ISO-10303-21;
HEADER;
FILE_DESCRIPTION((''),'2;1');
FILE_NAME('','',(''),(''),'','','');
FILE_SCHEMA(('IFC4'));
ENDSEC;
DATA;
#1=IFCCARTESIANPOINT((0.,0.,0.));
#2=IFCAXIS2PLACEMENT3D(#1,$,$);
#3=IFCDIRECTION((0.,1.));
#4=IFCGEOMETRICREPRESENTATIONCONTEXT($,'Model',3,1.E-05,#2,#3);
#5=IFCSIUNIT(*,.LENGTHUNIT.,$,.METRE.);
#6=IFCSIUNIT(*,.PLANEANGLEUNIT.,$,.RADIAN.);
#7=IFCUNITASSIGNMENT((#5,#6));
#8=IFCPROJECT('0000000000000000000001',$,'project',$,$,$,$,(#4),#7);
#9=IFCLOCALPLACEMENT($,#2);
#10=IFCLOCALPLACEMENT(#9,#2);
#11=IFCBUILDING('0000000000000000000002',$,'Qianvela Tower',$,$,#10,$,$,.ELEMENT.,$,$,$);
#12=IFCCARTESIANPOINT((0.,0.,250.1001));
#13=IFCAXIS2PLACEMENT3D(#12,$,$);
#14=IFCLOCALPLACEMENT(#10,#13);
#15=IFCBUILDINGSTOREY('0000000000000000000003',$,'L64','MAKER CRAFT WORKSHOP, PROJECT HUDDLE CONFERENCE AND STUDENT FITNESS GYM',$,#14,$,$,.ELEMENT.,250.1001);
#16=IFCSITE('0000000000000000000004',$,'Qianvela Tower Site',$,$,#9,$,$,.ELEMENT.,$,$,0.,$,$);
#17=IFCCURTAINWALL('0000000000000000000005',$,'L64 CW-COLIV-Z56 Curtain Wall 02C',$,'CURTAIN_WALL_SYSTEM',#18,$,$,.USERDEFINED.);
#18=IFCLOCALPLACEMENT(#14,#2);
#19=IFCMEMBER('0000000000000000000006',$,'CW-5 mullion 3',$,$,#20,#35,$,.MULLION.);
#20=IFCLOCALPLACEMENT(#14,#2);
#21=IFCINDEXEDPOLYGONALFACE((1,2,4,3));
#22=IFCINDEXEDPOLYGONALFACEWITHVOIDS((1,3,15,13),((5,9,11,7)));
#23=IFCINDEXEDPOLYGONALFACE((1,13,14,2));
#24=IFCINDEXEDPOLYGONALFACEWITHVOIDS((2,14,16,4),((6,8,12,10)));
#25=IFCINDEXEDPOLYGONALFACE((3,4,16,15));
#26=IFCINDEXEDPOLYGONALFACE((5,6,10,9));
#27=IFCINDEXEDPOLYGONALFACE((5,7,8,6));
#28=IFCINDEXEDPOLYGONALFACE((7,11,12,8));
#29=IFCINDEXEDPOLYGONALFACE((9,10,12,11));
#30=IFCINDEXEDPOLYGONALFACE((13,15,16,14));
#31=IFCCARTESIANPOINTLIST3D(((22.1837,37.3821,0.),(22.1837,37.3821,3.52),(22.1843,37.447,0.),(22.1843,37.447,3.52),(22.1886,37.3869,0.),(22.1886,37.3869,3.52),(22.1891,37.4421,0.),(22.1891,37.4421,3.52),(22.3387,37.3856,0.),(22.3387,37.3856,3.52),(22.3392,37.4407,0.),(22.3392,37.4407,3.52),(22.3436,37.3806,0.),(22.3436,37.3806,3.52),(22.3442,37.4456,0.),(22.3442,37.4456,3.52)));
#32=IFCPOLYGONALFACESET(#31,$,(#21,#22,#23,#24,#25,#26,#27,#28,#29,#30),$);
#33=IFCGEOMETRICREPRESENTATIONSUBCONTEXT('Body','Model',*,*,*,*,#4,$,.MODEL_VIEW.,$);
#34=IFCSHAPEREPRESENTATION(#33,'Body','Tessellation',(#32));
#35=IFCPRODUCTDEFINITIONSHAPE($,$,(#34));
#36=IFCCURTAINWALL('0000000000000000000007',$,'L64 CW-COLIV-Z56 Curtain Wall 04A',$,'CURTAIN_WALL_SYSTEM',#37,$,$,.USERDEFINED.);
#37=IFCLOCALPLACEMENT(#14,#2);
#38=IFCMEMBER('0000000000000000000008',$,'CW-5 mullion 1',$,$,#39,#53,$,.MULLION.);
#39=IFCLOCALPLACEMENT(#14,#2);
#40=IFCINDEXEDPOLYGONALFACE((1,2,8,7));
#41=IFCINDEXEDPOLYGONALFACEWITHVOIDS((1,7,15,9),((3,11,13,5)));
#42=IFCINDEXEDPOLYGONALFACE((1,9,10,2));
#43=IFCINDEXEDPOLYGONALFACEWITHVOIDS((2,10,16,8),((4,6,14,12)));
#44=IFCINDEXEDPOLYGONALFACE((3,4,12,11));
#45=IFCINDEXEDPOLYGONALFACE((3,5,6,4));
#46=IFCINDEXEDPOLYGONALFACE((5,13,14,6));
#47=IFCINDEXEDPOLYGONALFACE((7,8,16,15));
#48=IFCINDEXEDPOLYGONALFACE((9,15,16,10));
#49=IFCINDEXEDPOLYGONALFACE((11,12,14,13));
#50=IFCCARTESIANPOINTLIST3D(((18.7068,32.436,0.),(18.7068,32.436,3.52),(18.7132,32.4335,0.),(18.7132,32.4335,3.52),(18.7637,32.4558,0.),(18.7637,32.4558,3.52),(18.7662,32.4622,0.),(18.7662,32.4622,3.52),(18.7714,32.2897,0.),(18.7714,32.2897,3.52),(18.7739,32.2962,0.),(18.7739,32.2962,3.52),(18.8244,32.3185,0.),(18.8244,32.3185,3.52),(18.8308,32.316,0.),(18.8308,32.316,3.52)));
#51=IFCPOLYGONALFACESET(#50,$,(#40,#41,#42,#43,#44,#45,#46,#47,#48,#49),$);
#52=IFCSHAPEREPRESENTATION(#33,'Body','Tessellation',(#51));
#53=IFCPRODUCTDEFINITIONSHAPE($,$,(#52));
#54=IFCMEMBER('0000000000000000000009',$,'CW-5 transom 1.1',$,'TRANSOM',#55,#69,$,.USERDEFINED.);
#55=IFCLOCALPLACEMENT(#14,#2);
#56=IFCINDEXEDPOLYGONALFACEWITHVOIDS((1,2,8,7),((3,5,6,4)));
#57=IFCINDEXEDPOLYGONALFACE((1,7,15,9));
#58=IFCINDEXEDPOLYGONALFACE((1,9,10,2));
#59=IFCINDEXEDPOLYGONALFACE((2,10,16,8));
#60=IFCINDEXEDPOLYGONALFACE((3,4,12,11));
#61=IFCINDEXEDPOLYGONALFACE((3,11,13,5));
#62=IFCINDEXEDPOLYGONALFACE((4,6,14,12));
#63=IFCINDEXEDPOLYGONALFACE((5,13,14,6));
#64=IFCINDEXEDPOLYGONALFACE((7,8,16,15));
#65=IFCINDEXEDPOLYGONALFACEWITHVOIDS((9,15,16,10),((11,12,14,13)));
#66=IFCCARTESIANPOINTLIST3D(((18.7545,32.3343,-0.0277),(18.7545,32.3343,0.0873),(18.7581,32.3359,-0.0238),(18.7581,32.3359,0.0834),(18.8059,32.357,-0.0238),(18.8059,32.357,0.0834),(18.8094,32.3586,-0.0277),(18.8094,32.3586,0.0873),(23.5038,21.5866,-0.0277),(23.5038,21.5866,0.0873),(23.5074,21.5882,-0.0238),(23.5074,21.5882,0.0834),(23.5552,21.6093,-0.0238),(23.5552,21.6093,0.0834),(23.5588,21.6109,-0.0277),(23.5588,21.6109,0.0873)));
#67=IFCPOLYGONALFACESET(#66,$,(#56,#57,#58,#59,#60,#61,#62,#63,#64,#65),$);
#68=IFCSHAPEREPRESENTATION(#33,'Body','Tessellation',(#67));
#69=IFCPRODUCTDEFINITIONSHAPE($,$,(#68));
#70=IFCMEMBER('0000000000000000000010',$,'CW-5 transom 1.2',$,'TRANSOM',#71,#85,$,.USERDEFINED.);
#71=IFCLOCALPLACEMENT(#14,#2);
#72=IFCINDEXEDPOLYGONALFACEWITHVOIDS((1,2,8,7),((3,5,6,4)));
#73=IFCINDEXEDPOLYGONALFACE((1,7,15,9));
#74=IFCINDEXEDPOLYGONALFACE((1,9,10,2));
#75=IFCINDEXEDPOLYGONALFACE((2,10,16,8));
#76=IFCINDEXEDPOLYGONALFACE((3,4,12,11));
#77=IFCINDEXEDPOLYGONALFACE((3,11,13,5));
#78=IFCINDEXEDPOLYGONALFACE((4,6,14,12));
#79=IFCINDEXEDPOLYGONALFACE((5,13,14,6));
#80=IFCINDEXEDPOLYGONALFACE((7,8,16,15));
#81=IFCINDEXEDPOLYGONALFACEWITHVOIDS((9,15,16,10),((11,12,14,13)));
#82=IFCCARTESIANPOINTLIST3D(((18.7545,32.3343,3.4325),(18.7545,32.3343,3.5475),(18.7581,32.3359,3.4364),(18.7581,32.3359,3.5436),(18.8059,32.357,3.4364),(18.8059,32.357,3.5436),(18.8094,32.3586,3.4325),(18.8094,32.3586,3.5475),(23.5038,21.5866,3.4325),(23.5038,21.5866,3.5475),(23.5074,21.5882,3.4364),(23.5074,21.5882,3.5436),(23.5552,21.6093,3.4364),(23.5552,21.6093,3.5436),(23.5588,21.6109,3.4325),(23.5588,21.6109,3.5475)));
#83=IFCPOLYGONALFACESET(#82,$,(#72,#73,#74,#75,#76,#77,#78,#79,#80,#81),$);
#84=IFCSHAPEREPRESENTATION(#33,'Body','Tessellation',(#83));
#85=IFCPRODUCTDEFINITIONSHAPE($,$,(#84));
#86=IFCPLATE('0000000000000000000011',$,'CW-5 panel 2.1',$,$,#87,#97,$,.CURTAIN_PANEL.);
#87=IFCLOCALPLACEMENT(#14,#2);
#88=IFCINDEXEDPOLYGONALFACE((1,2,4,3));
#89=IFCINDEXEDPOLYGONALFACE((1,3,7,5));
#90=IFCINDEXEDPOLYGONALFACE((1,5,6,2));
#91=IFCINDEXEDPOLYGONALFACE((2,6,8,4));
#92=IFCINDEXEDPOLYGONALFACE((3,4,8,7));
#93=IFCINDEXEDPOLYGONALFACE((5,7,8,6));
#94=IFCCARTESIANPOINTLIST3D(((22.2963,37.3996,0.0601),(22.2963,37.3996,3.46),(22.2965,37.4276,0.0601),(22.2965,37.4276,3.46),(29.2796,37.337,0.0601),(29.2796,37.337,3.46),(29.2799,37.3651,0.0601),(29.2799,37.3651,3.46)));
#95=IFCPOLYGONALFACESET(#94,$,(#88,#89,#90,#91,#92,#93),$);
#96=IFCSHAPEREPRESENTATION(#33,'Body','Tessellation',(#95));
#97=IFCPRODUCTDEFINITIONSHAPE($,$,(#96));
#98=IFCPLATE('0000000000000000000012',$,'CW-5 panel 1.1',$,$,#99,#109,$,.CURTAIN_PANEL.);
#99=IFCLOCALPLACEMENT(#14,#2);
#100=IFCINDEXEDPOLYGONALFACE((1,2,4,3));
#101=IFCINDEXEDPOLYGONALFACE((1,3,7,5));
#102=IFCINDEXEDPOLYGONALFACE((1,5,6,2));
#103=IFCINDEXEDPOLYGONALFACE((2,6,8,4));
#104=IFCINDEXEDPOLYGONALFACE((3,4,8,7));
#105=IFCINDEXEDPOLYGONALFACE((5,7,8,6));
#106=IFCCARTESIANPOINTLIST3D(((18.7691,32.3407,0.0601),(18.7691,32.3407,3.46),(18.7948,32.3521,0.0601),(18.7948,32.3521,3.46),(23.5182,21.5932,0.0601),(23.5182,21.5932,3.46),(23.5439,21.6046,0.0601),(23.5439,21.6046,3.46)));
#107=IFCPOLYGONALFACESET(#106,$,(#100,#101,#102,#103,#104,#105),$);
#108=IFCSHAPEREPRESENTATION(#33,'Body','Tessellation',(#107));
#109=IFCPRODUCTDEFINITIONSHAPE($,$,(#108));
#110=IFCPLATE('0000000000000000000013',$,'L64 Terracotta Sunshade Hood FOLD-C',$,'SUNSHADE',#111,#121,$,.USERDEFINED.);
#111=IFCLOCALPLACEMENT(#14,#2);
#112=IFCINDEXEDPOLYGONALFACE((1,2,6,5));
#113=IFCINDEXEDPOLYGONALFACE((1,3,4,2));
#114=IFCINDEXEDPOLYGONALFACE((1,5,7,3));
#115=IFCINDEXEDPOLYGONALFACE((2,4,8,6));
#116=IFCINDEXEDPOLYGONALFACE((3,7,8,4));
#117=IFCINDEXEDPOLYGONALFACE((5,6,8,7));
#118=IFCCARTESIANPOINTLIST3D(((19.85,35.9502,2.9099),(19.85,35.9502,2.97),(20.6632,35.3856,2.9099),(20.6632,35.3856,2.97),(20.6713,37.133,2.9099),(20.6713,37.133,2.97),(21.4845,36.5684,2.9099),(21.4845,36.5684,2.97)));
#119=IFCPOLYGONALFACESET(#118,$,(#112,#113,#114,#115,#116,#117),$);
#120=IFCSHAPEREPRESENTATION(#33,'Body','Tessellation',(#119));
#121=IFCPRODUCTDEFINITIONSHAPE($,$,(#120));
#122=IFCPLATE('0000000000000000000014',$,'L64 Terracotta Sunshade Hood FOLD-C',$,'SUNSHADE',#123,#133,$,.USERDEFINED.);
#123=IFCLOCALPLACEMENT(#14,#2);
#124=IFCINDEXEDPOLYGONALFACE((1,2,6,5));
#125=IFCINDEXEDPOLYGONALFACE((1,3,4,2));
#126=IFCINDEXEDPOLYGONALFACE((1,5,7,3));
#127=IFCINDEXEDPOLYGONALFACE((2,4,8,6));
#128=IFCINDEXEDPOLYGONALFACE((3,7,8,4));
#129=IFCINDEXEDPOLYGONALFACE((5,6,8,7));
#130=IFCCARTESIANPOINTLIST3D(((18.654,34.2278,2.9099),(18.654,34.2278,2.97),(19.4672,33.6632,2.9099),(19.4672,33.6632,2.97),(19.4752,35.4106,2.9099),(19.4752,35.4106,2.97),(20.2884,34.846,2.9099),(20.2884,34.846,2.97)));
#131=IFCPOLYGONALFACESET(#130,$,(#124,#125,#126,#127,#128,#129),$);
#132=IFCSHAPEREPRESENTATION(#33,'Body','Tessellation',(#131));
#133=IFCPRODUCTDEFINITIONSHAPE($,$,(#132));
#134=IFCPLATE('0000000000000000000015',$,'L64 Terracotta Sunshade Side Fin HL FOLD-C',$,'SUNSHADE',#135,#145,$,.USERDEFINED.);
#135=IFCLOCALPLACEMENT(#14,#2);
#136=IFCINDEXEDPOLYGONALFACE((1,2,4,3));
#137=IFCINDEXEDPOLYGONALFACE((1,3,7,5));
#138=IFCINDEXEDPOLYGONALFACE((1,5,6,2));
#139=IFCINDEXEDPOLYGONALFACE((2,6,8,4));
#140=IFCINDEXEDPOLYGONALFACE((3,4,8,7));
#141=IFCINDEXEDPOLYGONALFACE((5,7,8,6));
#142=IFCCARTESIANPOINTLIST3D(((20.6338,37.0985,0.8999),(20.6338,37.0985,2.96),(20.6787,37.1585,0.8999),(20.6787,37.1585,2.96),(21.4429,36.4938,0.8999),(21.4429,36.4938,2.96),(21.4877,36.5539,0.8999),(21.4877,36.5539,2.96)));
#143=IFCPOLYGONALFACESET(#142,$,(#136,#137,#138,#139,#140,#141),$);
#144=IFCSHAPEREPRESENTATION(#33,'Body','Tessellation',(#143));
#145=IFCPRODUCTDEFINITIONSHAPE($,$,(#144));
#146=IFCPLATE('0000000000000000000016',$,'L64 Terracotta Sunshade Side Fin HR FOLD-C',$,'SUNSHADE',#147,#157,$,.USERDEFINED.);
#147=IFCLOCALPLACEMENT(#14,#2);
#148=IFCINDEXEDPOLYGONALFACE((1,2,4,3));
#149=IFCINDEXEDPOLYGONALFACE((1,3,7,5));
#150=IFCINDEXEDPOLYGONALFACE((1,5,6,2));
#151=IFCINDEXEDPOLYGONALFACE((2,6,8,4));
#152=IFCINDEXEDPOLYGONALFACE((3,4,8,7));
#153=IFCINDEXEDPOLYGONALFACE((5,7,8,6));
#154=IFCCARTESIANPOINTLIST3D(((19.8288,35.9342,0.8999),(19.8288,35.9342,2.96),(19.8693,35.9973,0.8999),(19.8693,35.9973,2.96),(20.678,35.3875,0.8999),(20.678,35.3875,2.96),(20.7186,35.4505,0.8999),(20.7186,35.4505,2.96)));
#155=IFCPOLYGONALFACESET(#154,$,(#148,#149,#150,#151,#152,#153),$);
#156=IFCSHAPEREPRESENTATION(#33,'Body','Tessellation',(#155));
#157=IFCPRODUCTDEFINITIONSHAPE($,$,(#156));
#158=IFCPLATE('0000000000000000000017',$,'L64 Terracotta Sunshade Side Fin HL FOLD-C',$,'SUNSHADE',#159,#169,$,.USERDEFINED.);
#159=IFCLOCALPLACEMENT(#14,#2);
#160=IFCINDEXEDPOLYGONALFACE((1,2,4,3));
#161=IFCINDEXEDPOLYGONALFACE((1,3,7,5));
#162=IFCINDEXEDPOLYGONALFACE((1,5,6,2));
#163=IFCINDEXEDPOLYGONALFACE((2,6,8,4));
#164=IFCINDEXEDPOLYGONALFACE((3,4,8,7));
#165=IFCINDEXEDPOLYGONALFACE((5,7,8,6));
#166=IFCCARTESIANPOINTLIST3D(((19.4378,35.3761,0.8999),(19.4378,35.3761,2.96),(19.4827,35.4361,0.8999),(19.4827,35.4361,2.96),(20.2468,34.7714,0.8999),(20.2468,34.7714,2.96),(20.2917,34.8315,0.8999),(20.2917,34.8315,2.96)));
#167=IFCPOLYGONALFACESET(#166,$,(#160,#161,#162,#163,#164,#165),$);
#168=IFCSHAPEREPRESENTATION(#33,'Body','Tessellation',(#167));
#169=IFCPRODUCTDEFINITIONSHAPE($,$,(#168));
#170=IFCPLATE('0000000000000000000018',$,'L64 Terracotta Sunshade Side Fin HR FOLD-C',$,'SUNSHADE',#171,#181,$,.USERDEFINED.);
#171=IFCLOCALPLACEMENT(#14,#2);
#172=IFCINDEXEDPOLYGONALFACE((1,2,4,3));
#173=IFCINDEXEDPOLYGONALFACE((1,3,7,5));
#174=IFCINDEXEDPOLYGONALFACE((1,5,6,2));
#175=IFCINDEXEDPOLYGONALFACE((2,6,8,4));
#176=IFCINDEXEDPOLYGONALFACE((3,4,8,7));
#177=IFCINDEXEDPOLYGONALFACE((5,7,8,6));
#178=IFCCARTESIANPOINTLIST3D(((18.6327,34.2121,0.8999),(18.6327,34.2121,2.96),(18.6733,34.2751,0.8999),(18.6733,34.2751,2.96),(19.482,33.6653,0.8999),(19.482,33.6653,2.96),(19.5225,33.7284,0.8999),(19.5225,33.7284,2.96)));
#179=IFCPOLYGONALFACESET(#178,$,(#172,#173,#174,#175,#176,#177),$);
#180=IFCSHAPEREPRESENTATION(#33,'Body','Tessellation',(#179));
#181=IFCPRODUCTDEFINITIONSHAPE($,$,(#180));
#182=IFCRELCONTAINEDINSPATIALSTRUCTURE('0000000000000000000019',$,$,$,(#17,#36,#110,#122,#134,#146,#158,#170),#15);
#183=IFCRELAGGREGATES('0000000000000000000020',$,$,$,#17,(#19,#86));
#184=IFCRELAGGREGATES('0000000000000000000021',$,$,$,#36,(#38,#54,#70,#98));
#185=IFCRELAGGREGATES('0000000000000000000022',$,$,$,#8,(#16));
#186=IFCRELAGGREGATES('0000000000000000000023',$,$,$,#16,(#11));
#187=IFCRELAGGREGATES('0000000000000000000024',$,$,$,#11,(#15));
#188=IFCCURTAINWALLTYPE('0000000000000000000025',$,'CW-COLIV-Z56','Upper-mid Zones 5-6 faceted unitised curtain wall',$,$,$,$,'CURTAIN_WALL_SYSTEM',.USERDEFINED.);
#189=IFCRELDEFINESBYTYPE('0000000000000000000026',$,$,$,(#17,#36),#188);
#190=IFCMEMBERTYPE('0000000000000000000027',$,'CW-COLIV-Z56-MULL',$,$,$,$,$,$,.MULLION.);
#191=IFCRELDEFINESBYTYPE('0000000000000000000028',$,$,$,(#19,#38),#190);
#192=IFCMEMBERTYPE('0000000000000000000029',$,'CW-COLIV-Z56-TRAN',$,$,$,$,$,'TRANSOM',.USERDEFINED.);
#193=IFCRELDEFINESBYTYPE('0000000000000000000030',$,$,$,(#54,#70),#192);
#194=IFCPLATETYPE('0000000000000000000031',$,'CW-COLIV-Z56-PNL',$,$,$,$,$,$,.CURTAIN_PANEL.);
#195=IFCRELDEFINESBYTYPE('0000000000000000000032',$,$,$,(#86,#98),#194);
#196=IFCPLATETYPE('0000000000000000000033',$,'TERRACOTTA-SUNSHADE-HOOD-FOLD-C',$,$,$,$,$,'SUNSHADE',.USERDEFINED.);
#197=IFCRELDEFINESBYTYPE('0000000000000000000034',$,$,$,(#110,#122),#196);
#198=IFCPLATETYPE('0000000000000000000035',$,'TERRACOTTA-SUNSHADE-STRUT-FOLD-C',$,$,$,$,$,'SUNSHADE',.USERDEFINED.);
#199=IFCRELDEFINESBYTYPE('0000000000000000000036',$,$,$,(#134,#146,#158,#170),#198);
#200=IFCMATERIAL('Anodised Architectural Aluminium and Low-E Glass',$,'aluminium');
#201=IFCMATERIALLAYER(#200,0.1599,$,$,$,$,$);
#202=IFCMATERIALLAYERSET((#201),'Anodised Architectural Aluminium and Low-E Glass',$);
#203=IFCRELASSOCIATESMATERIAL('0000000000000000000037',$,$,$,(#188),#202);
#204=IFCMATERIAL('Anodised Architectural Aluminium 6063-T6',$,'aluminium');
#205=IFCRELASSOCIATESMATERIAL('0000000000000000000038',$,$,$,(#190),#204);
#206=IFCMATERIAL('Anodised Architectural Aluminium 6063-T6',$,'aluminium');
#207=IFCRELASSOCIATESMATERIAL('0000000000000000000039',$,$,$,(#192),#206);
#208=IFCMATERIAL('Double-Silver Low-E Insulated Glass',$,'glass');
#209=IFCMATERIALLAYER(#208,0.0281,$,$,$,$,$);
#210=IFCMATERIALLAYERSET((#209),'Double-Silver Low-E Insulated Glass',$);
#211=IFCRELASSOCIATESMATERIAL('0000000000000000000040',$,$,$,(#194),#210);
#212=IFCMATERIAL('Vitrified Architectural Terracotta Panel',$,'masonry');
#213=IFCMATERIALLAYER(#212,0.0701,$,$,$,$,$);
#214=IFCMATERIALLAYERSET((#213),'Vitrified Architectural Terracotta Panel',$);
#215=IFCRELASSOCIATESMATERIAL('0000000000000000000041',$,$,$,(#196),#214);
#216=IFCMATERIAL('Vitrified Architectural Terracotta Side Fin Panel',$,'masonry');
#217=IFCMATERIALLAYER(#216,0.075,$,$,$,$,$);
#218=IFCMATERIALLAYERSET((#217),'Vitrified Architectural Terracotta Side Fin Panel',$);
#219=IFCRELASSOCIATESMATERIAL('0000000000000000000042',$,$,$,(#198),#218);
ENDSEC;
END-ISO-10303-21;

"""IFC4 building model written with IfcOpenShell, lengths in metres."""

from ifc_helpers import new_model, si_unit, direction, frame, origin, origin_2d, place, context, subcontext, project, spatial, rectangle, hollow_rectangle, extrude, material, layer, layer_set, material_profile, profile_set, type_object, element, aggregate, save


model = new_model("IFC4")

# Units and contexts
model_context = context("Model", 3, precision=1e-05, world=origin(), true_north=direction((0.0, 1.0)))
body_context = subcontext(model_context, "Body", "Model", "MODEL_VIEW")
ifc_project = project(units=[si_unit("LENGTHUNIT", "METRE"), si_unit("PLANEANGLEUNIT", "RADIAN")], contexts=[model_context])

# Site, building, storey
site_placement = place(None, origin())
site = spatial("IfcSite", under=ifc_project, at=site_placement, Name="Qianvela Tower Site", CompositionType="ELEMENT", RefElevation=0.0)
building_placement = place(site_placement, origin())
building = spatial("IfcBuilding", under=site, at=building_placement, Name="Qianvela Tower", CompositionType="ELEMENT")
storey_placement = place(building_placement, frame((0.0, 0.0, 250.1001)))
storey = spatial("IfcBuildingStorey", under=building, at=storey_placement, Name="L64", Description="MAKER CRAFT WORKSHOP, PROJECT HUDDLE CONFERENCE AND STUDENT FITNESS GYM", CompositionType="ELEMENT", Elevation=250.1001)

# Curtain wall, member
ifc_material_1 = material(Name="Anodised Architectural Aluminium and Low-E Glass", Category="aluminium")
ifc_layer_1 = layer(ifc_material_1, 0.1599)
ifc_layer_set_1 = layer_set([ifc_layer_1], Name="Anodised Architectural Aluminium and Low-E Glass")
curtain_wall_type = type_object("IfcCurtainWallType", Name="CW-COLIV-Z56", Description="Upper-mid Zones 5-6 faceted unitised curtain wall", ElementType="CURTAIN_WALL_SYSTEM", PredefinedType="USERDEFINED", material=ifc_layer_set_1)
curtain_wall_1_placement = place(storey_placement, origin())
curtain_wall_1 = element("IfcCurtainWall", 1, at=curtain_wall_1_placement, inside=storey, type_object=curtain_wall_type, Name="L64 CW-COLIV-Z56 Curtain Wall 02C", ObjectType="CURTAIN_WALL_SYSTEM", PredefinedType="USERDEFINED")
ifc_material_2 = material(Name="Anodised Architectural Aluminium 6063-T6", Category="aluminium")
ifc_material_profile_1 = material_profile(ifc_material_2, hollow_rectangle(XDim=0.0649, YDim=0.1599, WallThickness=0.0049, at=origin_2d()), Name="ALU-MULL-65x160")
ifc_profile_set_1 = profile_set([ifc_material_profile_1], Name="Anodised Architectural Aluminium 6063-T6")
member_type_1 = type_object("IfcMemberType", Name="CW-COLIV-Z56-MULL", PredefinedType="MULLION", material=ifc_profile_set_1)
member_1_placement = place(storey_placement, frame((22.2639, 37.4138, 0.0), z_axis=(0.0, 0.0, 1.0), x_axis=(-0.00896, -0.99996, 0.0)))
member_1 = element("IfcMember", 2, at=member_1_placement, type_object=member_type_1, Name="CW-5 mullion 3", PredefinedType="MULLION", context=body_context, shape_type="SweptSolid", body=[
    extrude(hollow_rectangle(XDim=0.0649, YDim=0.1599, WallThickness=0.0049, at=origin_2d()), origin(), (0.0, 0.0, 1.0), 3.52),
])

# Curtain wall, members
curtain_wall_2_placement = place(storey_placement, origin())
curtain_wall_2 = element("IfcCurtainWall", 3, at=curtain_wall_2_placement, inside=storey, type_object=curtain_wall_type, Name="L64 CW-COLIV-Z56 Curtain Wall 04A", ObjectType="CURTAIN_WALL_SYSTEM", PredefinedType="USERDEFINED")
member_2_placement = place(storey_placement, frame((18.7688, 32.376, 0.0), z_axis=(0.0, 0.0, 1.0), x_axis=(0.914678, 0.404183, 0.0)))
member_2 = element("IfcMember", 4, at=member_2_placement, type_object=member_type_1, Name="CW-5 mullion 1", PredefinedType="MULLION", context=body_context, shape_type="SweptSolid", body=[
    extrude(hollow_rectangle(XDim=0.0649, YDim=0.1599, WallThickness=0.0049, at=origin_2d()), origin(), (0.0, 0.0, 1.0), 3.52),
])
ifc_material_3 = material(Name="Anodised Architectural Aluminium 6063-T6", Category="aluminium")
ifc_material_profile_2 = material_profile(ifc_material_3, hollow_rectangle(XDim=0.0601, YDim=0.115, WallThickness=0.0039, at=origin_2d()), Name="ALU-TRAN-60x115")
ifc_profile_set_2 = profile_set([ifc_material_profile_2], Name="Anodised Architectural Aluminium 6063-T6")
member_type_2 = type_object("IfcMemberType", Name="CW-COLIV-Z56-TRAN", ElementType="TRANSOM", PredefinedType="USERDEFINED", material=ifc_profile_set_2)
member_3_placement = place(storey_placement, frame((18.782, 32.3464, 0.0298), z_axis=(0.404189, -0.914676, 0.0), x_axis=(0.914676, 0.404189, 0.0)))
member_3 = element("IfcMember", 5, at=member_3_placement, type_object=member_type_2, Name="CW-5 transom 1.1", ObjectType="TRANSOM", PredefinedType="USERDEFINED", context=body_context, shape_type="SweptSolid", body=[
    extrude(hollow_rectangle(XDim=0.0601, YDim=0.115, WallThickness=0.0039, at=origin_2d()), origin(), (0.0, 0.0, 1.0), 11.7502),
])
member_4_placement = place(storey_placement, frame((18.782, 32.3464, 3.49), z_axis=(0.404189, -0.914676, 0.0), x_axis=(0.914676, 0.404189, 0.0)))
member_4 = element("IfcMember", 6, at=member_4_placement, type_object=member_type_2, Name="CW-5 transom 1.2", ObjectType="TRANSOM", PredefinedType="USERDEFINED", context=body_context, shape_type="SweptSolid", body=[
    extrude(hollow_rectangle(XDim=0.0601, YDim=0.115, WallThickness=0.0039, at=origin_2d()), origin(), (0.0, 0.0, 1.0), 11.7502),
])

# Plates
ifc_material_4 = material(Name="Double-Silver Low-E Insulated Glass", Category="glass")
ifc_layer_2 = layer(ifc_material_4, 0.0281)
ifc_layer_set_2 = layer_set([ifc_layer_2], Name="Double-Silver Low-E Insulated Glass")
plate_type_1 = type_object("IfcPlateType", Name="CW-COLIV-Z56-PNL", PredefinedType="CURTAIN_PANEL", material=ifc_layer_set_2)
plate_1_placement = place(storey_placement, frame((25.7881, 37.3823, 0.0601), z_axis=(0.0, 0.0, 1.0), x_axis=(-0.99996, 0.00896, 0.0)))
plate_1 = element("IfcPlate", 7, at=plate_1_placement, type_object=plate_type_1, Name="CW-5 panel 2.1", PredefinedType="CURTAIN_PANEL", context=body_context, shape_type="SweptSolid", body=[
    extrude(rectangle(XDim=6.9836, YDim=0.0281, at=origin_2d()), origin(), (0.0, 0.0, 1.0), 3.3999),
])
aggregate(curtain_wall_1, [member_1, plate_1])
plate_2_placement = place(storey_placement, frame((21.1565, 26.9727, 0.0601), z_axis=(0.0, 0.0, 1.0), x_axis=(0.404183, -0.914678, 0.0)))
plate_2 = element("IfcPlate", 8, at=plate_2_placement, type_object=plate_type_1, Name="CW-5 panel 1.1", PredefinedType="CURTAIN_PANEL", context=body_context, shape_type="SweptSolid", body=[
    extrude(rectangle(XDim=11.75, YDim=0.0281, at=origin_2d()), origin(), (0.0, 0.0, 1.0), 3.3999),
])
aggregate(curtain_wall_2, [member_2, member_3, member_4, plate_2])

# Plates
ifc_material_5 = material(Name="Vitrified Architectural Terracotta Panel", Category="masonry")
ifc_layer_3 = layer(ifc_material_5, 0.0701)
ifc_layer_set_3 = layer_set([ifc_layer_3], Name="Vitrified Architectural Terracotta Panel")
plate_type_2 = type_object("IfcPlateType", Name="TERRACOTTA-SUNSHADE-HOOD-FOLD-C", ElementType="SUNSHADE", PredefinedType="USERDEFINED", material=ifc_layer_set_3)
for number, where, z_axis, x_axis, name in (
    (9, (20.6672, 36.2593, 2.9099), (0.0, 0.0, 1.0), (-0.570329, -0.821416, 0.0), "L64 Terracotta Sunshade Hood FOLD-C"),
    (10, (19.4712, 34.5369, 2.9099), (0.0, 0.0, 1.0), (-0.570329, -0.821416, 0.0), "L64 Terracotta Sunshade Hood FOLD-C"),
):
    element("IfcPlate", number, at=place(storey_placement, frame(where, z_axis=z_axis, x_axis=x_axis)), inside=storey, type_object=plate_type_2, Name=name, ObjectType="SUNSHADE", PredefinedType="USERDEFINED", context=body_context, shape_type="SweptSolid", body=[
        extrude(rectangle(XDim=1.4399, YDim=0.99, at=origin_2d()), origin(), (0.0, 0.0, 1.0), 0.0601),
    ])
ifc_material_6 = material(Name="Vitrified Architectural Terracotta Side Fin Panel", Category="masonry")
ifc_layer_4 = layer(ifc_material_6, 0.075)
ifc_layer_set_4 = layer_set([ifc_layer_4], Name="Vitrified Architectural Terracotta Side Fin Panel")
plate_type_3 = type_object("IfcPlateType", Name="TERRACOTTA-SUNSHADE-STRUT-FOLD-C", ElementType="SUNSHADE", PredefinedType="USERDEFINED", material=ifc_layer_set_4)
for number, where, z_axis, x_axis, name in (
    (11, (21.0608, 36.8262, 0.8999), (0.0, 0.0, 1.0), (-0.598649, -0.801011, 0.0), "L64 Terracotta Sunshade Side Fin HL FOLD-C"),
    (12, (20.2737, 35.6924, 0.8999), (0.0, 0.0, 1.0), (-0.541315, -0.84082, 0.0), "L64 Terracotta Sunshade Side Fin HR FOLD-C"),
    (13, (19.8647, 35.1038, 0.8999), (0.0, 0.0, 1.0), (-0.598649, -0.801011, 0.0), "L64 Terracotta Sunshade Side Fin HL FOLD-C"),
    (14, (19.0776, 33.9702, 0.8999), (0.0, 0.0, 1.0), (-0.541315, -0.84082, 0.0), "L64 Terracotta Sunshade Side Fin HR FOLD-C"),
):
    element("IfcPlate", number, at=place(storey_placement, frame(where, z_axis=z_axis, x_axis=x_axis)), inside=storey, type_object=plate_type_3, Name=name, ObjectType="SUNSHADE", PredefinedType="USERDEFINED", context=body_context, shape_type="SweptSolid", body=[
        extrude(rectangle(XDim=0.075, YDim=1.01, at=origin_2d()), origin(), (0.0, 0.0, 1.0), 2.0601),
    ])

save(model, "model.ifc")
